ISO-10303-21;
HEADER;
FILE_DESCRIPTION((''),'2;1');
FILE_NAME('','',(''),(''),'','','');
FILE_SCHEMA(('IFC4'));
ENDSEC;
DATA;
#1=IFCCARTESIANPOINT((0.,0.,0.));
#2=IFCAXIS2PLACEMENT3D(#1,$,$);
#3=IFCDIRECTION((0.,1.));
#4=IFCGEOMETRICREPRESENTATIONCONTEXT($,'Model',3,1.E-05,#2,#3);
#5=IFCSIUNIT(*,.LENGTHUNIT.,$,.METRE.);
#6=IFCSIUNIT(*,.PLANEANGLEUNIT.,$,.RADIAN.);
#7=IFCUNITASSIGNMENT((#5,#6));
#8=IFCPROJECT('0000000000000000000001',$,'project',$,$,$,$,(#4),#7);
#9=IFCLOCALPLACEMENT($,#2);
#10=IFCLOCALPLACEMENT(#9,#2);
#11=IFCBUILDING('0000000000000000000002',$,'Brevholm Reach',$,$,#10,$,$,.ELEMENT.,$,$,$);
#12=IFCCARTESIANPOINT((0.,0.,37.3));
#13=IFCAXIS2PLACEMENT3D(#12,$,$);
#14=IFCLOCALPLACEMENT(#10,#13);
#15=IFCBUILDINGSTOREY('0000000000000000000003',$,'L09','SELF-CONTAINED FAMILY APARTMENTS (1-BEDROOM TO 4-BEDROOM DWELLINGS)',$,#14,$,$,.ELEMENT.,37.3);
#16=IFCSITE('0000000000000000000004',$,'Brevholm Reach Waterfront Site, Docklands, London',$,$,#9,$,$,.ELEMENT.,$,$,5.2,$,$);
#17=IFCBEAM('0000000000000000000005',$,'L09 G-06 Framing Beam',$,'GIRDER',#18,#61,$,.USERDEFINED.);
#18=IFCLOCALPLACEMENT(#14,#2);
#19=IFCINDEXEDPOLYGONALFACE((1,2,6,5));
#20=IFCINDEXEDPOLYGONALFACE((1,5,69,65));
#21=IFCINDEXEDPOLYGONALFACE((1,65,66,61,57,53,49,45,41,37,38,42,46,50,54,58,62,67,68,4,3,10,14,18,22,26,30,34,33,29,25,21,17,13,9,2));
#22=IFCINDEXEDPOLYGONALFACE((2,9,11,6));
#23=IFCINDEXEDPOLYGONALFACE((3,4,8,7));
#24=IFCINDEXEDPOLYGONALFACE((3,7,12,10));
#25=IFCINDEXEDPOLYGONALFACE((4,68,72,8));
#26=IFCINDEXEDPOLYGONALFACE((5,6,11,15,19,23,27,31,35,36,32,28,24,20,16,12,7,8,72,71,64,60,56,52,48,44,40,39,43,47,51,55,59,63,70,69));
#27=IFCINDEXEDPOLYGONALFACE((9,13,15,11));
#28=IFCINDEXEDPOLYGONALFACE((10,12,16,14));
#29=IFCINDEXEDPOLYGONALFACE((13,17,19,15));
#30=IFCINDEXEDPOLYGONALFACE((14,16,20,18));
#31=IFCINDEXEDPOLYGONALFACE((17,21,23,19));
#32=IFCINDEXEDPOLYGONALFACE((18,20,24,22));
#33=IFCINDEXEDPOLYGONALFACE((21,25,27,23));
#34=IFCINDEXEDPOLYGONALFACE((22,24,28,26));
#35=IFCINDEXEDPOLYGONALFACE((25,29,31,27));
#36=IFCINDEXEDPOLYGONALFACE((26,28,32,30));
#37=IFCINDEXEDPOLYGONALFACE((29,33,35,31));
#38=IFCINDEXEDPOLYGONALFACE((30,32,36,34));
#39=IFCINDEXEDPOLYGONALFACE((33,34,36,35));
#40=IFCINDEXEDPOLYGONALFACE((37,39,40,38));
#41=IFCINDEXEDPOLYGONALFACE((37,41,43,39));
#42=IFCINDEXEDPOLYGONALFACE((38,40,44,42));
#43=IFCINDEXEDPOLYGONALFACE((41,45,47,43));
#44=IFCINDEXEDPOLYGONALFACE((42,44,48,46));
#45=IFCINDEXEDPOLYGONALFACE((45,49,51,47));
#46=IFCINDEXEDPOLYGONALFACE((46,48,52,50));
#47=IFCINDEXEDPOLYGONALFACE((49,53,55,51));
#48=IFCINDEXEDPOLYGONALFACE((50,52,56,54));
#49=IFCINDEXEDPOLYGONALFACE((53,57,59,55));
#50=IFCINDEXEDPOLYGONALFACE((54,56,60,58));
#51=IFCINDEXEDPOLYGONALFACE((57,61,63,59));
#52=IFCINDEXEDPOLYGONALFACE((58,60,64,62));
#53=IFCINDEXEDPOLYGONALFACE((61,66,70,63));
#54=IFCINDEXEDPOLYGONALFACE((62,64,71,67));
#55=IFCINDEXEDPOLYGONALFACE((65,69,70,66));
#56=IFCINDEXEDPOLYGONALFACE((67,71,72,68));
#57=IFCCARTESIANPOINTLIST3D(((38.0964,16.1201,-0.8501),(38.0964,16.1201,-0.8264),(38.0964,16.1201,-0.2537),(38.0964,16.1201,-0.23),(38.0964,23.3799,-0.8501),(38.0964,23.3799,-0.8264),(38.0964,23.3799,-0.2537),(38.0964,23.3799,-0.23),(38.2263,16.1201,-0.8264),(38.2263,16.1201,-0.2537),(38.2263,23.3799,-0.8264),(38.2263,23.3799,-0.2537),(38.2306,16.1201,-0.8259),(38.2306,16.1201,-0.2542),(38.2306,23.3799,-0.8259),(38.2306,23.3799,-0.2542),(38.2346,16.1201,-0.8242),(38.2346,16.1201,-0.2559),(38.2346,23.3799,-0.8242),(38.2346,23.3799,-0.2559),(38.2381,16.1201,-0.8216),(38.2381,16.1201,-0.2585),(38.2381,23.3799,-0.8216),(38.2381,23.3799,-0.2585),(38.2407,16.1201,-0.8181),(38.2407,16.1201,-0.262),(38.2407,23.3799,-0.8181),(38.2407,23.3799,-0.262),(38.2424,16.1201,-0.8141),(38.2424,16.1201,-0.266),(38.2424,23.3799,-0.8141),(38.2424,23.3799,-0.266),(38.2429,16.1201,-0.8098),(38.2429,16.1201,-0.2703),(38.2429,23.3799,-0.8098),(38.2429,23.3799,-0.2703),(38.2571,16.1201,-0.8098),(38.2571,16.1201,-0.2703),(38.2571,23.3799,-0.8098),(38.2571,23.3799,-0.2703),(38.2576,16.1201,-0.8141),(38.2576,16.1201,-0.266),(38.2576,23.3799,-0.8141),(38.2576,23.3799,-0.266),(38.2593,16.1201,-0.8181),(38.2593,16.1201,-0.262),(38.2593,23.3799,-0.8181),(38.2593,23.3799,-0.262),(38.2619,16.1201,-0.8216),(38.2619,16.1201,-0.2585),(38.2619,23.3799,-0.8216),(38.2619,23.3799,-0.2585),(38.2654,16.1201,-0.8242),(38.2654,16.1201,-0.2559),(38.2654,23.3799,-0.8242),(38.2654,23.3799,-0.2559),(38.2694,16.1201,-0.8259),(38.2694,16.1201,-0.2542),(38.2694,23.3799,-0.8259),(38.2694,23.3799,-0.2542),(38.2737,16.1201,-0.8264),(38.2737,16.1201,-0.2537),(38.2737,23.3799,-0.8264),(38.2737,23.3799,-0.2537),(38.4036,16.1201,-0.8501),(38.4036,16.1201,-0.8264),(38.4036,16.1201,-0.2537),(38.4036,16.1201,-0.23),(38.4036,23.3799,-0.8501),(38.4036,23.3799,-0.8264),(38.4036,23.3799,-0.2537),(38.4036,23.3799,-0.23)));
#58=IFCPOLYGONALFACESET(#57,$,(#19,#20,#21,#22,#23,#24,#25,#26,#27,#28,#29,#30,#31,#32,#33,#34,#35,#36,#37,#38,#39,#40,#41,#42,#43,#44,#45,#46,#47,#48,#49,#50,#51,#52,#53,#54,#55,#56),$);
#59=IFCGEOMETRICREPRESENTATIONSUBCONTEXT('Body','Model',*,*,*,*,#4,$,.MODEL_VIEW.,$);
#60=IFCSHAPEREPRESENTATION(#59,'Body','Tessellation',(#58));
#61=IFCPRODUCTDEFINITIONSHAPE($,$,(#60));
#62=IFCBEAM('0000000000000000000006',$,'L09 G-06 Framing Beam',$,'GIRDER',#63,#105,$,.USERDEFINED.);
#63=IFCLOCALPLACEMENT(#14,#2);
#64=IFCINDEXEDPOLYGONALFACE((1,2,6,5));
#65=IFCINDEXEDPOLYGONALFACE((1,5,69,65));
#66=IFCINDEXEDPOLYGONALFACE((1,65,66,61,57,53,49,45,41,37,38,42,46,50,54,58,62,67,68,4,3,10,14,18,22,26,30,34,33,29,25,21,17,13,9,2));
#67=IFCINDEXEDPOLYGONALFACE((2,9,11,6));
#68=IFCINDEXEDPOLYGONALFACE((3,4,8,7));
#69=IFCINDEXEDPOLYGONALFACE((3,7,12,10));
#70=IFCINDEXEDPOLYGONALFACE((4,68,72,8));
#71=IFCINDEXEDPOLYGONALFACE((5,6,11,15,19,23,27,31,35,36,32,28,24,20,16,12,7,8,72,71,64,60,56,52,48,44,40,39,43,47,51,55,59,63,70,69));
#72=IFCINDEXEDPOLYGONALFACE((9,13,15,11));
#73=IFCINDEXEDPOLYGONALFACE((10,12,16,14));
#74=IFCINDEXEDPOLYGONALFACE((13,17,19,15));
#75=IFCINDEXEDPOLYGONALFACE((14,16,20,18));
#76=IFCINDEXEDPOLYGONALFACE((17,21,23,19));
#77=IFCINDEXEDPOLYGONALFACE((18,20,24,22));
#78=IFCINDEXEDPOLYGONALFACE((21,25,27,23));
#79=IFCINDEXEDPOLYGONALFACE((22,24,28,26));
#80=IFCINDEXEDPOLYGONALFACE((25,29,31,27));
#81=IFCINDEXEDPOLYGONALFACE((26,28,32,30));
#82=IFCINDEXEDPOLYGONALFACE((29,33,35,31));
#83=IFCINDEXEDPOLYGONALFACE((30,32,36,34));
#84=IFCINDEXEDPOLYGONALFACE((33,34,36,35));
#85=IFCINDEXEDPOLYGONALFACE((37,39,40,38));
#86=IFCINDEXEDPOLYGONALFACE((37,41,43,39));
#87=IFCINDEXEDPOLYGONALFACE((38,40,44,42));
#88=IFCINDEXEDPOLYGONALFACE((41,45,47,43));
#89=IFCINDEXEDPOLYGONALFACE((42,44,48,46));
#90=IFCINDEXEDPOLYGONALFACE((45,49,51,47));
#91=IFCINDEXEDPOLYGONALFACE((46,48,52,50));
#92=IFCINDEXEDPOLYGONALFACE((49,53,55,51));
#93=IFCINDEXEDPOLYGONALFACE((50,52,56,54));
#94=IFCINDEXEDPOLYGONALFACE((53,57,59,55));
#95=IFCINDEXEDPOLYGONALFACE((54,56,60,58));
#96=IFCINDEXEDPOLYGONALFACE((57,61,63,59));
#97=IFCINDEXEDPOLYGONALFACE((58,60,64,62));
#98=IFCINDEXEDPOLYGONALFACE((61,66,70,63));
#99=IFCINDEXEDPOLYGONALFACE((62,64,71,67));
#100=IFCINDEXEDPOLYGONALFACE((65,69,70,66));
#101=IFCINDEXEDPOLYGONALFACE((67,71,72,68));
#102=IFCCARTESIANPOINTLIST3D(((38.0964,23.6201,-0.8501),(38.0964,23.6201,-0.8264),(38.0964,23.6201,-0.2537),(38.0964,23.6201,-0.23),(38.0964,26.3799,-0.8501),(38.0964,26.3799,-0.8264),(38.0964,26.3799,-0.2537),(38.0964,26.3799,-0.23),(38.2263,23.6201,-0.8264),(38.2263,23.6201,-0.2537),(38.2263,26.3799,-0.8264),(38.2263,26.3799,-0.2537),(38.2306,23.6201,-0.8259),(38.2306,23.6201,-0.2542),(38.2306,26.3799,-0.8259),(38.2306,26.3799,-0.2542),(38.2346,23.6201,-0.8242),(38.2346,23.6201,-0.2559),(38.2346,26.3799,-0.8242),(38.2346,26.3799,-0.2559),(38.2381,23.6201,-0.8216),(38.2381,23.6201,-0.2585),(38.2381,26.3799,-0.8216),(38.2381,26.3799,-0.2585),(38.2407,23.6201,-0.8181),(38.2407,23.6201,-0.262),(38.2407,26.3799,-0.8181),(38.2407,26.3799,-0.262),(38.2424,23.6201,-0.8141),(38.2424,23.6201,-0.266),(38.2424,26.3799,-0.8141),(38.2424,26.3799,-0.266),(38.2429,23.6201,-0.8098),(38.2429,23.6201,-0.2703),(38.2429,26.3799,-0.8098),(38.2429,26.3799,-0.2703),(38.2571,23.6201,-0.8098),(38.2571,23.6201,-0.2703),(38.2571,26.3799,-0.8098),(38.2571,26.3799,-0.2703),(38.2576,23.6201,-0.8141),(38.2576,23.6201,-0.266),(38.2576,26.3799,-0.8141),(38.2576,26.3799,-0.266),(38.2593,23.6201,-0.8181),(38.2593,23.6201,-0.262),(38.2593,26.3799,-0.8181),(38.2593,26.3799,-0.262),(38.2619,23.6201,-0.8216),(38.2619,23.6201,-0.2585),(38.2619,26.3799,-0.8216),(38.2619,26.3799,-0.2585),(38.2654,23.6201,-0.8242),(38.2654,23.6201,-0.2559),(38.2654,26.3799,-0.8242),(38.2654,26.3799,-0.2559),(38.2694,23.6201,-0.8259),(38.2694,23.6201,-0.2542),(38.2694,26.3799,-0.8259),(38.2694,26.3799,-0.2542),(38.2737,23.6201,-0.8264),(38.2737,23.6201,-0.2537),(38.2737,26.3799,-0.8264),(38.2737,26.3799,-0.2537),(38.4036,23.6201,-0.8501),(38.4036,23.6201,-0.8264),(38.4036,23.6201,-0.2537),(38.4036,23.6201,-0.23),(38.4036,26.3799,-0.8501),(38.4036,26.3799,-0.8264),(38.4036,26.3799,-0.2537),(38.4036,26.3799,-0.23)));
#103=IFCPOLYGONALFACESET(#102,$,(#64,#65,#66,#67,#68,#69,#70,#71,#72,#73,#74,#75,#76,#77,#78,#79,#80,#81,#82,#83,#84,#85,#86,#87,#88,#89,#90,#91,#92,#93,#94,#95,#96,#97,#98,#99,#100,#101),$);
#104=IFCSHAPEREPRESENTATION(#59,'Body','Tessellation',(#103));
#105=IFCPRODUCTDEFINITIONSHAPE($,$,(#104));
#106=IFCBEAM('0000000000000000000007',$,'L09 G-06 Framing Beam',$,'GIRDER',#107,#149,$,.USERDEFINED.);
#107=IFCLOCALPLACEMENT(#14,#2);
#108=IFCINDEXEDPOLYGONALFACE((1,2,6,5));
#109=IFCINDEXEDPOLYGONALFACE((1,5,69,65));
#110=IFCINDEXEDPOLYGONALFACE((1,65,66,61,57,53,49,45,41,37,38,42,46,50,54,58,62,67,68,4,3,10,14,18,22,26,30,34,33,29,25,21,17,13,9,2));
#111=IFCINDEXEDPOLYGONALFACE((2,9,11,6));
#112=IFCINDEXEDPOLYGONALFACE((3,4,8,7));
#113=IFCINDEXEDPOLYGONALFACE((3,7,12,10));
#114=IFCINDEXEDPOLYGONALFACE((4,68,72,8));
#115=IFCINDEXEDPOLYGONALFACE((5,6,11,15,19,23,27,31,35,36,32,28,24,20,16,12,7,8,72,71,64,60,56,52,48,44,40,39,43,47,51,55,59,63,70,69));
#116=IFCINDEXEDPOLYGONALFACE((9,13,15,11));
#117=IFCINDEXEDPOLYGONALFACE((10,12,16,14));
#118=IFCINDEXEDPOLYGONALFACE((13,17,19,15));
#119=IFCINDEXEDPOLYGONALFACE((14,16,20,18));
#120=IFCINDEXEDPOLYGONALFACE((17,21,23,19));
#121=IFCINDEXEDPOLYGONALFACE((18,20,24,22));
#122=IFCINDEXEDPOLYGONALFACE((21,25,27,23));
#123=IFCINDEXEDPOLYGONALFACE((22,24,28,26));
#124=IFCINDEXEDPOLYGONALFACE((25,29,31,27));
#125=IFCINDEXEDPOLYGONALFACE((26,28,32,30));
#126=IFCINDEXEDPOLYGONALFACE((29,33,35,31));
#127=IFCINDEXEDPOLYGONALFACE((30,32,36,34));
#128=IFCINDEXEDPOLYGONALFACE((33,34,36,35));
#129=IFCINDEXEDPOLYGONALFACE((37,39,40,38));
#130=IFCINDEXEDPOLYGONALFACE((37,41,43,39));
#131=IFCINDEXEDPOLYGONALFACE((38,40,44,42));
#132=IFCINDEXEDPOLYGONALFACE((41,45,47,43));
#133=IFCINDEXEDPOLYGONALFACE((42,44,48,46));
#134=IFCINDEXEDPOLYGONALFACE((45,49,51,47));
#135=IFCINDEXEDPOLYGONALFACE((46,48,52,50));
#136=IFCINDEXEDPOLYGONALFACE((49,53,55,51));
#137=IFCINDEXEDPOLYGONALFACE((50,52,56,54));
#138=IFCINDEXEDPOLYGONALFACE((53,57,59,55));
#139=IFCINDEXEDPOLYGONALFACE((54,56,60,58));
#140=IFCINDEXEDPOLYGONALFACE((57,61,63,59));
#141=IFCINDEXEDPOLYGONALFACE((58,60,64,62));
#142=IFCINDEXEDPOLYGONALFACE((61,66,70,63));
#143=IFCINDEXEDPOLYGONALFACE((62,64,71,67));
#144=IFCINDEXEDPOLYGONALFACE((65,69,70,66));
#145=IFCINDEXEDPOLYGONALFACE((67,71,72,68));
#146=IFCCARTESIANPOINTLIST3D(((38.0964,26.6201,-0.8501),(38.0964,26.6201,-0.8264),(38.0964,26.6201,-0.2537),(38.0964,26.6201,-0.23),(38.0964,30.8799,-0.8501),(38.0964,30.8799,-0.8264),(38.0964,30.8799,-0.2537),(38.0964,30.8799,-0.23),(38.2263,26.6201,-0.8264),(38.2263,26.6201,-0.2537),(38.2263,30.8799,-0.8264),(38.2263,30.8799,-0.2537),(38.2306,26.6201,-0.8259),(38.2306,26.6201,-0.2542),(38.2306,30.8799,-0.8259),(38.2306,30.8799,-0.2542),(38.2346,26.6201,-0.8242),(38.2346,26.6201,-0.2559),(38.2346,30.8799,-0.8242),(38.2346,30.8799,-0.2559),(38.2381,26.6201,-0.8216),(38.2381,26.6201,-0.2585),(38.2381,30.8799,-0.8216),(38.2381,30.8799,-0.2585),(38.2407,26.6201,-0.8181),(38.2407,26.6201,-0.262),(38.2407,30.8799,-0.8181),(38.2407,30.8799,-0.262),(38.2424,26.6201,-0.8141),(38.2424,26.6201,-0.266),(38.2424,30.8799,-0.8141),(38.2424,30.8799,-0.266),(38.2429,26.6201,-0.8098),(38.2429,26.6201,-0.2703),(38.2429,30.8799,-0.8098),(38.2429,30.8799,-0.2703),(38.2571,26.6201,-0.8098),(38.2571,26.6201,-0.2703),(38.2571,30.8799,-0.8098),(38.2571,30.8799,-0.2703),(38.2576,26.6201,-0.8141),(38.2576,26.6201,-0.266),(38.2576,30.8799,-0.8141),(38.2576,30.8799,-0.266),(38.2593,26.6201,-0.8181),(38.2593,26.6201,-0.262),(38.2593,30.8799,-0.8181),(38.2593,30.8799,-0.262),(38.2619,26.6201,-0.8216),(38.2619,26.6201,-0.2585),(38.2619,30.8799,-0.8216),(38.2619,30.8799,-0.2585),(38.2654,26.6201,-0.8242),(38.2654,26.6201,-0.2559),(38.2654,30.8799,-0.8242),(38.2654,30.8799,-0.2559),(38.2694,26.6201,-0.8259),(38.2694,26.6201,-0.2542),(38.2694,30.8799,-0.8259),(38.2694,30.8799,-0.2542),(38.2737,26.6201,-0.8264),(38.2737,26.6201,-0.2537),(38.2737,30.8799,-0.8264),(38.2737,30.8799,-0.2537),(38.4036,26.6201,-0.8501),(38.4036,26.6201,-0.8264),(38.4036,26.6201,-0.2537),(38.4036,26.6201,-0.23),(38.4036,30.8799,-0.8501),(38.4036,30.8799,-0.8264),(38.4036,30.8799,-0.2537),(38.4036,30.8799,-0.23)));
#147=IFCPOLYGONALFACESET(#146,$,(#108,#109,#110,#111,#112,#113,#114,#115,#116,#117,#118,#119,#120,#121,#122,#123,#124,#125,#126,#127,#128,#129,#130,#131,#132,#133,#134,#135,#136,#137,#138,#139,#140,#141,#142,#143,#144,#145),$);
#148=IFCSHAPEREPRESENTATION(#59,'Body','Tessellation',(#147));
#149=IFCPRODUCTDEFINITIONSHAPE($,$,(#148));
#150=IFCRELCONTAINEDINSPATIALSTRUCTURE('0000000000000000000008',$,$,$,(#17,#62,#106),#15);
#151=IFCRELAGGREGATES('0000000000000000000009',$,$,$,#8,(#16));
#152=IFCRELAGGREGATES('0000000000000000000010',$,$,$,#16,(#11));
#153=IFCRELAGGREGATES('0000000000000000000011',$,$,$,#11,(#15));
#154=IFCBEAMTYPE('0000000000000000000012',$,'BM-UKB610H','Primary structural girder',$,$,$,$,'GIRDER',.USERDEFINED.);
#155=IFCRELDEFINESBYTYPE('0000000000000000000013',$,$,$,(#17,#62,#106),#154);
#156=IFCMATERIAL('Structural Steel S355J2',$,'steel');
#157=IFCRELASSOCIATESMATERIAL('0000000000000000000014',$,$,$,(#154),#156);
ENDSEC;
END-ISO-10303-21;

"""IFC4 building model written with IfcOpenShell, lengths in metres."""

from ifc_helpers import new_model, si_unit, direction, frame, origin, origin_2d, place, context, subcontext, project, spatial, i_section, extrude, material, material_profile, profile_set, type_object, element, save


model = new_model("IFC4")

# Units and contexts
model_context = context("Model", 3, precision=1e-05, world=origin(), true_north=direction((0.0, 1.0)))
body_context = subcontext(model_context, "Body", "Model", "MODEL_VIEW")
ifc_project = project(units=[si_unit("LENGTHUNIT", "METRE"), si_unit("PLANEANGLEUNIT", "RADIAN")], contexts=[model_context])

# Site, building, storey
site_placement = place(None, origin())
site = spatial("IfcSite", under=ifc_project, at=site_placement, Name="Brevholm Reach Waterfront Site, Docklands, London", CompositionType="ELEMENT", RefElevation=5.2)
building_placement = place(site_placement, origin())
building = spatial("IfcBuilding", under=site, at=building_placement, Name="Brevholm Reach", CompositionType="ELEMENT")
storey_placement = place(building_placement, frame((0.0, 0.0, 37.3)))
storey = spatial("IfcBuildingStorey", under=building, at=storey_placement, Name="L09", Description="SELF-CONTAINED FAMILY APARTMENTS (1-BEDROOM TO 4-BEDROOM DWELLINGS)", CompositionType="ELEMENT", Elevation=37.3)

# Beams
ifc_material_1 = material(Name="Structural Steel S355J2", Category="steel")
ifc_material_profile_1 = material_profile(ifc_material_1, i_section(OverallWidth=0.3071, OverallDepth=0.6201, WebThickness=0.0142, FlangeThickness=0.0237, FilletRadius=0.0166, at=origin_2d()), Name="UKB 610x305x179")
ifc_profile_set_1 = profile_set([ifc_material_profile_1], Name="Structural Steel S355J2")
beam_type_1 = type_object("IfcBeamType", Name="BM-UKB610H", Description="Primary structural girder", ElementType="GIRDER", PredefinedType="USERDEFINED", material=ifc_profile_set_1)
beam_1_placement = place(storey_placement, frame((38.25, 16.1201, -0.54), z_axis=(0.0, 1.0, 0.0), x_axis=(-1.0, 0.0, 0.0)))
element("IfcBeam", 1, at=beam_1_placement, inside=storey, type_object=beam_type_1, Name="L09 G-06 Framing Beam", ObjectType="GIRDER", PredefinedType="USERDEFINED", context=body_context, shape_type="SweptSolid", body=[
    extrude(i_section(OverallWidth=0.3071, OverallDepth=0.6201, WebThickness=0.0142, FlangeThickness=0.0237, FilletRadius=0.0166, at=origin_2d()), origin(), (0.0, 0.0, 1.0), 7.2598),
])
beam_2_placement = place(storey_placement, frame((38.25, 23.6201, -0.54), z_axis=(0.0, 1.0, 0.0), x_axis=(-1.0, 0.0, 0.0)))
element("IfcBeam", 2, at=beam_2_placement, inside=storey, type_object=beam_type_1, Name="L09 G-06 Framing Beam", ObjectType="GIRDER", PredefinedType="USERDEFINED", context=body_context, shape_type="SweptSolid", body=[
    extrude(i_section(OverallWidth=0.3071, OverallDepth=0.6201, WebThickness=0.0142, FlangeThickness=0.0237, FilletRadius=0.0166, at=origin_2d()), origin(), (0.0, 0.0, 1.0), 2.7598),
])
beam_3_placement = place(storey_placement, frame((38.25, 26.6201, -0.54), z_axis=(0.0, 1.0, 0.0), x_axis=(-1.0, 0.0, 0.0)))
element("IfcBeam", 3, at=beam_3_placement, inside=storey, type_object=beam_type_1, Name="L09 G-06 Framing Beam", ObjectType="GIRDER", PredefinedType="USERDEFINED", context=body_context, shape_type="SweptSolid", body=[
    extrude(i_section(OverallWidth=0.3071, OverallDepth=0.6201, WebThickness=0.0142, FlangeThickness=0.0237, FilletRadius=0.0166, at=origin_2d()), origin(), (0.0, 0.0, 1.0), 4.2598),
])

save(model, "model.ifc")
